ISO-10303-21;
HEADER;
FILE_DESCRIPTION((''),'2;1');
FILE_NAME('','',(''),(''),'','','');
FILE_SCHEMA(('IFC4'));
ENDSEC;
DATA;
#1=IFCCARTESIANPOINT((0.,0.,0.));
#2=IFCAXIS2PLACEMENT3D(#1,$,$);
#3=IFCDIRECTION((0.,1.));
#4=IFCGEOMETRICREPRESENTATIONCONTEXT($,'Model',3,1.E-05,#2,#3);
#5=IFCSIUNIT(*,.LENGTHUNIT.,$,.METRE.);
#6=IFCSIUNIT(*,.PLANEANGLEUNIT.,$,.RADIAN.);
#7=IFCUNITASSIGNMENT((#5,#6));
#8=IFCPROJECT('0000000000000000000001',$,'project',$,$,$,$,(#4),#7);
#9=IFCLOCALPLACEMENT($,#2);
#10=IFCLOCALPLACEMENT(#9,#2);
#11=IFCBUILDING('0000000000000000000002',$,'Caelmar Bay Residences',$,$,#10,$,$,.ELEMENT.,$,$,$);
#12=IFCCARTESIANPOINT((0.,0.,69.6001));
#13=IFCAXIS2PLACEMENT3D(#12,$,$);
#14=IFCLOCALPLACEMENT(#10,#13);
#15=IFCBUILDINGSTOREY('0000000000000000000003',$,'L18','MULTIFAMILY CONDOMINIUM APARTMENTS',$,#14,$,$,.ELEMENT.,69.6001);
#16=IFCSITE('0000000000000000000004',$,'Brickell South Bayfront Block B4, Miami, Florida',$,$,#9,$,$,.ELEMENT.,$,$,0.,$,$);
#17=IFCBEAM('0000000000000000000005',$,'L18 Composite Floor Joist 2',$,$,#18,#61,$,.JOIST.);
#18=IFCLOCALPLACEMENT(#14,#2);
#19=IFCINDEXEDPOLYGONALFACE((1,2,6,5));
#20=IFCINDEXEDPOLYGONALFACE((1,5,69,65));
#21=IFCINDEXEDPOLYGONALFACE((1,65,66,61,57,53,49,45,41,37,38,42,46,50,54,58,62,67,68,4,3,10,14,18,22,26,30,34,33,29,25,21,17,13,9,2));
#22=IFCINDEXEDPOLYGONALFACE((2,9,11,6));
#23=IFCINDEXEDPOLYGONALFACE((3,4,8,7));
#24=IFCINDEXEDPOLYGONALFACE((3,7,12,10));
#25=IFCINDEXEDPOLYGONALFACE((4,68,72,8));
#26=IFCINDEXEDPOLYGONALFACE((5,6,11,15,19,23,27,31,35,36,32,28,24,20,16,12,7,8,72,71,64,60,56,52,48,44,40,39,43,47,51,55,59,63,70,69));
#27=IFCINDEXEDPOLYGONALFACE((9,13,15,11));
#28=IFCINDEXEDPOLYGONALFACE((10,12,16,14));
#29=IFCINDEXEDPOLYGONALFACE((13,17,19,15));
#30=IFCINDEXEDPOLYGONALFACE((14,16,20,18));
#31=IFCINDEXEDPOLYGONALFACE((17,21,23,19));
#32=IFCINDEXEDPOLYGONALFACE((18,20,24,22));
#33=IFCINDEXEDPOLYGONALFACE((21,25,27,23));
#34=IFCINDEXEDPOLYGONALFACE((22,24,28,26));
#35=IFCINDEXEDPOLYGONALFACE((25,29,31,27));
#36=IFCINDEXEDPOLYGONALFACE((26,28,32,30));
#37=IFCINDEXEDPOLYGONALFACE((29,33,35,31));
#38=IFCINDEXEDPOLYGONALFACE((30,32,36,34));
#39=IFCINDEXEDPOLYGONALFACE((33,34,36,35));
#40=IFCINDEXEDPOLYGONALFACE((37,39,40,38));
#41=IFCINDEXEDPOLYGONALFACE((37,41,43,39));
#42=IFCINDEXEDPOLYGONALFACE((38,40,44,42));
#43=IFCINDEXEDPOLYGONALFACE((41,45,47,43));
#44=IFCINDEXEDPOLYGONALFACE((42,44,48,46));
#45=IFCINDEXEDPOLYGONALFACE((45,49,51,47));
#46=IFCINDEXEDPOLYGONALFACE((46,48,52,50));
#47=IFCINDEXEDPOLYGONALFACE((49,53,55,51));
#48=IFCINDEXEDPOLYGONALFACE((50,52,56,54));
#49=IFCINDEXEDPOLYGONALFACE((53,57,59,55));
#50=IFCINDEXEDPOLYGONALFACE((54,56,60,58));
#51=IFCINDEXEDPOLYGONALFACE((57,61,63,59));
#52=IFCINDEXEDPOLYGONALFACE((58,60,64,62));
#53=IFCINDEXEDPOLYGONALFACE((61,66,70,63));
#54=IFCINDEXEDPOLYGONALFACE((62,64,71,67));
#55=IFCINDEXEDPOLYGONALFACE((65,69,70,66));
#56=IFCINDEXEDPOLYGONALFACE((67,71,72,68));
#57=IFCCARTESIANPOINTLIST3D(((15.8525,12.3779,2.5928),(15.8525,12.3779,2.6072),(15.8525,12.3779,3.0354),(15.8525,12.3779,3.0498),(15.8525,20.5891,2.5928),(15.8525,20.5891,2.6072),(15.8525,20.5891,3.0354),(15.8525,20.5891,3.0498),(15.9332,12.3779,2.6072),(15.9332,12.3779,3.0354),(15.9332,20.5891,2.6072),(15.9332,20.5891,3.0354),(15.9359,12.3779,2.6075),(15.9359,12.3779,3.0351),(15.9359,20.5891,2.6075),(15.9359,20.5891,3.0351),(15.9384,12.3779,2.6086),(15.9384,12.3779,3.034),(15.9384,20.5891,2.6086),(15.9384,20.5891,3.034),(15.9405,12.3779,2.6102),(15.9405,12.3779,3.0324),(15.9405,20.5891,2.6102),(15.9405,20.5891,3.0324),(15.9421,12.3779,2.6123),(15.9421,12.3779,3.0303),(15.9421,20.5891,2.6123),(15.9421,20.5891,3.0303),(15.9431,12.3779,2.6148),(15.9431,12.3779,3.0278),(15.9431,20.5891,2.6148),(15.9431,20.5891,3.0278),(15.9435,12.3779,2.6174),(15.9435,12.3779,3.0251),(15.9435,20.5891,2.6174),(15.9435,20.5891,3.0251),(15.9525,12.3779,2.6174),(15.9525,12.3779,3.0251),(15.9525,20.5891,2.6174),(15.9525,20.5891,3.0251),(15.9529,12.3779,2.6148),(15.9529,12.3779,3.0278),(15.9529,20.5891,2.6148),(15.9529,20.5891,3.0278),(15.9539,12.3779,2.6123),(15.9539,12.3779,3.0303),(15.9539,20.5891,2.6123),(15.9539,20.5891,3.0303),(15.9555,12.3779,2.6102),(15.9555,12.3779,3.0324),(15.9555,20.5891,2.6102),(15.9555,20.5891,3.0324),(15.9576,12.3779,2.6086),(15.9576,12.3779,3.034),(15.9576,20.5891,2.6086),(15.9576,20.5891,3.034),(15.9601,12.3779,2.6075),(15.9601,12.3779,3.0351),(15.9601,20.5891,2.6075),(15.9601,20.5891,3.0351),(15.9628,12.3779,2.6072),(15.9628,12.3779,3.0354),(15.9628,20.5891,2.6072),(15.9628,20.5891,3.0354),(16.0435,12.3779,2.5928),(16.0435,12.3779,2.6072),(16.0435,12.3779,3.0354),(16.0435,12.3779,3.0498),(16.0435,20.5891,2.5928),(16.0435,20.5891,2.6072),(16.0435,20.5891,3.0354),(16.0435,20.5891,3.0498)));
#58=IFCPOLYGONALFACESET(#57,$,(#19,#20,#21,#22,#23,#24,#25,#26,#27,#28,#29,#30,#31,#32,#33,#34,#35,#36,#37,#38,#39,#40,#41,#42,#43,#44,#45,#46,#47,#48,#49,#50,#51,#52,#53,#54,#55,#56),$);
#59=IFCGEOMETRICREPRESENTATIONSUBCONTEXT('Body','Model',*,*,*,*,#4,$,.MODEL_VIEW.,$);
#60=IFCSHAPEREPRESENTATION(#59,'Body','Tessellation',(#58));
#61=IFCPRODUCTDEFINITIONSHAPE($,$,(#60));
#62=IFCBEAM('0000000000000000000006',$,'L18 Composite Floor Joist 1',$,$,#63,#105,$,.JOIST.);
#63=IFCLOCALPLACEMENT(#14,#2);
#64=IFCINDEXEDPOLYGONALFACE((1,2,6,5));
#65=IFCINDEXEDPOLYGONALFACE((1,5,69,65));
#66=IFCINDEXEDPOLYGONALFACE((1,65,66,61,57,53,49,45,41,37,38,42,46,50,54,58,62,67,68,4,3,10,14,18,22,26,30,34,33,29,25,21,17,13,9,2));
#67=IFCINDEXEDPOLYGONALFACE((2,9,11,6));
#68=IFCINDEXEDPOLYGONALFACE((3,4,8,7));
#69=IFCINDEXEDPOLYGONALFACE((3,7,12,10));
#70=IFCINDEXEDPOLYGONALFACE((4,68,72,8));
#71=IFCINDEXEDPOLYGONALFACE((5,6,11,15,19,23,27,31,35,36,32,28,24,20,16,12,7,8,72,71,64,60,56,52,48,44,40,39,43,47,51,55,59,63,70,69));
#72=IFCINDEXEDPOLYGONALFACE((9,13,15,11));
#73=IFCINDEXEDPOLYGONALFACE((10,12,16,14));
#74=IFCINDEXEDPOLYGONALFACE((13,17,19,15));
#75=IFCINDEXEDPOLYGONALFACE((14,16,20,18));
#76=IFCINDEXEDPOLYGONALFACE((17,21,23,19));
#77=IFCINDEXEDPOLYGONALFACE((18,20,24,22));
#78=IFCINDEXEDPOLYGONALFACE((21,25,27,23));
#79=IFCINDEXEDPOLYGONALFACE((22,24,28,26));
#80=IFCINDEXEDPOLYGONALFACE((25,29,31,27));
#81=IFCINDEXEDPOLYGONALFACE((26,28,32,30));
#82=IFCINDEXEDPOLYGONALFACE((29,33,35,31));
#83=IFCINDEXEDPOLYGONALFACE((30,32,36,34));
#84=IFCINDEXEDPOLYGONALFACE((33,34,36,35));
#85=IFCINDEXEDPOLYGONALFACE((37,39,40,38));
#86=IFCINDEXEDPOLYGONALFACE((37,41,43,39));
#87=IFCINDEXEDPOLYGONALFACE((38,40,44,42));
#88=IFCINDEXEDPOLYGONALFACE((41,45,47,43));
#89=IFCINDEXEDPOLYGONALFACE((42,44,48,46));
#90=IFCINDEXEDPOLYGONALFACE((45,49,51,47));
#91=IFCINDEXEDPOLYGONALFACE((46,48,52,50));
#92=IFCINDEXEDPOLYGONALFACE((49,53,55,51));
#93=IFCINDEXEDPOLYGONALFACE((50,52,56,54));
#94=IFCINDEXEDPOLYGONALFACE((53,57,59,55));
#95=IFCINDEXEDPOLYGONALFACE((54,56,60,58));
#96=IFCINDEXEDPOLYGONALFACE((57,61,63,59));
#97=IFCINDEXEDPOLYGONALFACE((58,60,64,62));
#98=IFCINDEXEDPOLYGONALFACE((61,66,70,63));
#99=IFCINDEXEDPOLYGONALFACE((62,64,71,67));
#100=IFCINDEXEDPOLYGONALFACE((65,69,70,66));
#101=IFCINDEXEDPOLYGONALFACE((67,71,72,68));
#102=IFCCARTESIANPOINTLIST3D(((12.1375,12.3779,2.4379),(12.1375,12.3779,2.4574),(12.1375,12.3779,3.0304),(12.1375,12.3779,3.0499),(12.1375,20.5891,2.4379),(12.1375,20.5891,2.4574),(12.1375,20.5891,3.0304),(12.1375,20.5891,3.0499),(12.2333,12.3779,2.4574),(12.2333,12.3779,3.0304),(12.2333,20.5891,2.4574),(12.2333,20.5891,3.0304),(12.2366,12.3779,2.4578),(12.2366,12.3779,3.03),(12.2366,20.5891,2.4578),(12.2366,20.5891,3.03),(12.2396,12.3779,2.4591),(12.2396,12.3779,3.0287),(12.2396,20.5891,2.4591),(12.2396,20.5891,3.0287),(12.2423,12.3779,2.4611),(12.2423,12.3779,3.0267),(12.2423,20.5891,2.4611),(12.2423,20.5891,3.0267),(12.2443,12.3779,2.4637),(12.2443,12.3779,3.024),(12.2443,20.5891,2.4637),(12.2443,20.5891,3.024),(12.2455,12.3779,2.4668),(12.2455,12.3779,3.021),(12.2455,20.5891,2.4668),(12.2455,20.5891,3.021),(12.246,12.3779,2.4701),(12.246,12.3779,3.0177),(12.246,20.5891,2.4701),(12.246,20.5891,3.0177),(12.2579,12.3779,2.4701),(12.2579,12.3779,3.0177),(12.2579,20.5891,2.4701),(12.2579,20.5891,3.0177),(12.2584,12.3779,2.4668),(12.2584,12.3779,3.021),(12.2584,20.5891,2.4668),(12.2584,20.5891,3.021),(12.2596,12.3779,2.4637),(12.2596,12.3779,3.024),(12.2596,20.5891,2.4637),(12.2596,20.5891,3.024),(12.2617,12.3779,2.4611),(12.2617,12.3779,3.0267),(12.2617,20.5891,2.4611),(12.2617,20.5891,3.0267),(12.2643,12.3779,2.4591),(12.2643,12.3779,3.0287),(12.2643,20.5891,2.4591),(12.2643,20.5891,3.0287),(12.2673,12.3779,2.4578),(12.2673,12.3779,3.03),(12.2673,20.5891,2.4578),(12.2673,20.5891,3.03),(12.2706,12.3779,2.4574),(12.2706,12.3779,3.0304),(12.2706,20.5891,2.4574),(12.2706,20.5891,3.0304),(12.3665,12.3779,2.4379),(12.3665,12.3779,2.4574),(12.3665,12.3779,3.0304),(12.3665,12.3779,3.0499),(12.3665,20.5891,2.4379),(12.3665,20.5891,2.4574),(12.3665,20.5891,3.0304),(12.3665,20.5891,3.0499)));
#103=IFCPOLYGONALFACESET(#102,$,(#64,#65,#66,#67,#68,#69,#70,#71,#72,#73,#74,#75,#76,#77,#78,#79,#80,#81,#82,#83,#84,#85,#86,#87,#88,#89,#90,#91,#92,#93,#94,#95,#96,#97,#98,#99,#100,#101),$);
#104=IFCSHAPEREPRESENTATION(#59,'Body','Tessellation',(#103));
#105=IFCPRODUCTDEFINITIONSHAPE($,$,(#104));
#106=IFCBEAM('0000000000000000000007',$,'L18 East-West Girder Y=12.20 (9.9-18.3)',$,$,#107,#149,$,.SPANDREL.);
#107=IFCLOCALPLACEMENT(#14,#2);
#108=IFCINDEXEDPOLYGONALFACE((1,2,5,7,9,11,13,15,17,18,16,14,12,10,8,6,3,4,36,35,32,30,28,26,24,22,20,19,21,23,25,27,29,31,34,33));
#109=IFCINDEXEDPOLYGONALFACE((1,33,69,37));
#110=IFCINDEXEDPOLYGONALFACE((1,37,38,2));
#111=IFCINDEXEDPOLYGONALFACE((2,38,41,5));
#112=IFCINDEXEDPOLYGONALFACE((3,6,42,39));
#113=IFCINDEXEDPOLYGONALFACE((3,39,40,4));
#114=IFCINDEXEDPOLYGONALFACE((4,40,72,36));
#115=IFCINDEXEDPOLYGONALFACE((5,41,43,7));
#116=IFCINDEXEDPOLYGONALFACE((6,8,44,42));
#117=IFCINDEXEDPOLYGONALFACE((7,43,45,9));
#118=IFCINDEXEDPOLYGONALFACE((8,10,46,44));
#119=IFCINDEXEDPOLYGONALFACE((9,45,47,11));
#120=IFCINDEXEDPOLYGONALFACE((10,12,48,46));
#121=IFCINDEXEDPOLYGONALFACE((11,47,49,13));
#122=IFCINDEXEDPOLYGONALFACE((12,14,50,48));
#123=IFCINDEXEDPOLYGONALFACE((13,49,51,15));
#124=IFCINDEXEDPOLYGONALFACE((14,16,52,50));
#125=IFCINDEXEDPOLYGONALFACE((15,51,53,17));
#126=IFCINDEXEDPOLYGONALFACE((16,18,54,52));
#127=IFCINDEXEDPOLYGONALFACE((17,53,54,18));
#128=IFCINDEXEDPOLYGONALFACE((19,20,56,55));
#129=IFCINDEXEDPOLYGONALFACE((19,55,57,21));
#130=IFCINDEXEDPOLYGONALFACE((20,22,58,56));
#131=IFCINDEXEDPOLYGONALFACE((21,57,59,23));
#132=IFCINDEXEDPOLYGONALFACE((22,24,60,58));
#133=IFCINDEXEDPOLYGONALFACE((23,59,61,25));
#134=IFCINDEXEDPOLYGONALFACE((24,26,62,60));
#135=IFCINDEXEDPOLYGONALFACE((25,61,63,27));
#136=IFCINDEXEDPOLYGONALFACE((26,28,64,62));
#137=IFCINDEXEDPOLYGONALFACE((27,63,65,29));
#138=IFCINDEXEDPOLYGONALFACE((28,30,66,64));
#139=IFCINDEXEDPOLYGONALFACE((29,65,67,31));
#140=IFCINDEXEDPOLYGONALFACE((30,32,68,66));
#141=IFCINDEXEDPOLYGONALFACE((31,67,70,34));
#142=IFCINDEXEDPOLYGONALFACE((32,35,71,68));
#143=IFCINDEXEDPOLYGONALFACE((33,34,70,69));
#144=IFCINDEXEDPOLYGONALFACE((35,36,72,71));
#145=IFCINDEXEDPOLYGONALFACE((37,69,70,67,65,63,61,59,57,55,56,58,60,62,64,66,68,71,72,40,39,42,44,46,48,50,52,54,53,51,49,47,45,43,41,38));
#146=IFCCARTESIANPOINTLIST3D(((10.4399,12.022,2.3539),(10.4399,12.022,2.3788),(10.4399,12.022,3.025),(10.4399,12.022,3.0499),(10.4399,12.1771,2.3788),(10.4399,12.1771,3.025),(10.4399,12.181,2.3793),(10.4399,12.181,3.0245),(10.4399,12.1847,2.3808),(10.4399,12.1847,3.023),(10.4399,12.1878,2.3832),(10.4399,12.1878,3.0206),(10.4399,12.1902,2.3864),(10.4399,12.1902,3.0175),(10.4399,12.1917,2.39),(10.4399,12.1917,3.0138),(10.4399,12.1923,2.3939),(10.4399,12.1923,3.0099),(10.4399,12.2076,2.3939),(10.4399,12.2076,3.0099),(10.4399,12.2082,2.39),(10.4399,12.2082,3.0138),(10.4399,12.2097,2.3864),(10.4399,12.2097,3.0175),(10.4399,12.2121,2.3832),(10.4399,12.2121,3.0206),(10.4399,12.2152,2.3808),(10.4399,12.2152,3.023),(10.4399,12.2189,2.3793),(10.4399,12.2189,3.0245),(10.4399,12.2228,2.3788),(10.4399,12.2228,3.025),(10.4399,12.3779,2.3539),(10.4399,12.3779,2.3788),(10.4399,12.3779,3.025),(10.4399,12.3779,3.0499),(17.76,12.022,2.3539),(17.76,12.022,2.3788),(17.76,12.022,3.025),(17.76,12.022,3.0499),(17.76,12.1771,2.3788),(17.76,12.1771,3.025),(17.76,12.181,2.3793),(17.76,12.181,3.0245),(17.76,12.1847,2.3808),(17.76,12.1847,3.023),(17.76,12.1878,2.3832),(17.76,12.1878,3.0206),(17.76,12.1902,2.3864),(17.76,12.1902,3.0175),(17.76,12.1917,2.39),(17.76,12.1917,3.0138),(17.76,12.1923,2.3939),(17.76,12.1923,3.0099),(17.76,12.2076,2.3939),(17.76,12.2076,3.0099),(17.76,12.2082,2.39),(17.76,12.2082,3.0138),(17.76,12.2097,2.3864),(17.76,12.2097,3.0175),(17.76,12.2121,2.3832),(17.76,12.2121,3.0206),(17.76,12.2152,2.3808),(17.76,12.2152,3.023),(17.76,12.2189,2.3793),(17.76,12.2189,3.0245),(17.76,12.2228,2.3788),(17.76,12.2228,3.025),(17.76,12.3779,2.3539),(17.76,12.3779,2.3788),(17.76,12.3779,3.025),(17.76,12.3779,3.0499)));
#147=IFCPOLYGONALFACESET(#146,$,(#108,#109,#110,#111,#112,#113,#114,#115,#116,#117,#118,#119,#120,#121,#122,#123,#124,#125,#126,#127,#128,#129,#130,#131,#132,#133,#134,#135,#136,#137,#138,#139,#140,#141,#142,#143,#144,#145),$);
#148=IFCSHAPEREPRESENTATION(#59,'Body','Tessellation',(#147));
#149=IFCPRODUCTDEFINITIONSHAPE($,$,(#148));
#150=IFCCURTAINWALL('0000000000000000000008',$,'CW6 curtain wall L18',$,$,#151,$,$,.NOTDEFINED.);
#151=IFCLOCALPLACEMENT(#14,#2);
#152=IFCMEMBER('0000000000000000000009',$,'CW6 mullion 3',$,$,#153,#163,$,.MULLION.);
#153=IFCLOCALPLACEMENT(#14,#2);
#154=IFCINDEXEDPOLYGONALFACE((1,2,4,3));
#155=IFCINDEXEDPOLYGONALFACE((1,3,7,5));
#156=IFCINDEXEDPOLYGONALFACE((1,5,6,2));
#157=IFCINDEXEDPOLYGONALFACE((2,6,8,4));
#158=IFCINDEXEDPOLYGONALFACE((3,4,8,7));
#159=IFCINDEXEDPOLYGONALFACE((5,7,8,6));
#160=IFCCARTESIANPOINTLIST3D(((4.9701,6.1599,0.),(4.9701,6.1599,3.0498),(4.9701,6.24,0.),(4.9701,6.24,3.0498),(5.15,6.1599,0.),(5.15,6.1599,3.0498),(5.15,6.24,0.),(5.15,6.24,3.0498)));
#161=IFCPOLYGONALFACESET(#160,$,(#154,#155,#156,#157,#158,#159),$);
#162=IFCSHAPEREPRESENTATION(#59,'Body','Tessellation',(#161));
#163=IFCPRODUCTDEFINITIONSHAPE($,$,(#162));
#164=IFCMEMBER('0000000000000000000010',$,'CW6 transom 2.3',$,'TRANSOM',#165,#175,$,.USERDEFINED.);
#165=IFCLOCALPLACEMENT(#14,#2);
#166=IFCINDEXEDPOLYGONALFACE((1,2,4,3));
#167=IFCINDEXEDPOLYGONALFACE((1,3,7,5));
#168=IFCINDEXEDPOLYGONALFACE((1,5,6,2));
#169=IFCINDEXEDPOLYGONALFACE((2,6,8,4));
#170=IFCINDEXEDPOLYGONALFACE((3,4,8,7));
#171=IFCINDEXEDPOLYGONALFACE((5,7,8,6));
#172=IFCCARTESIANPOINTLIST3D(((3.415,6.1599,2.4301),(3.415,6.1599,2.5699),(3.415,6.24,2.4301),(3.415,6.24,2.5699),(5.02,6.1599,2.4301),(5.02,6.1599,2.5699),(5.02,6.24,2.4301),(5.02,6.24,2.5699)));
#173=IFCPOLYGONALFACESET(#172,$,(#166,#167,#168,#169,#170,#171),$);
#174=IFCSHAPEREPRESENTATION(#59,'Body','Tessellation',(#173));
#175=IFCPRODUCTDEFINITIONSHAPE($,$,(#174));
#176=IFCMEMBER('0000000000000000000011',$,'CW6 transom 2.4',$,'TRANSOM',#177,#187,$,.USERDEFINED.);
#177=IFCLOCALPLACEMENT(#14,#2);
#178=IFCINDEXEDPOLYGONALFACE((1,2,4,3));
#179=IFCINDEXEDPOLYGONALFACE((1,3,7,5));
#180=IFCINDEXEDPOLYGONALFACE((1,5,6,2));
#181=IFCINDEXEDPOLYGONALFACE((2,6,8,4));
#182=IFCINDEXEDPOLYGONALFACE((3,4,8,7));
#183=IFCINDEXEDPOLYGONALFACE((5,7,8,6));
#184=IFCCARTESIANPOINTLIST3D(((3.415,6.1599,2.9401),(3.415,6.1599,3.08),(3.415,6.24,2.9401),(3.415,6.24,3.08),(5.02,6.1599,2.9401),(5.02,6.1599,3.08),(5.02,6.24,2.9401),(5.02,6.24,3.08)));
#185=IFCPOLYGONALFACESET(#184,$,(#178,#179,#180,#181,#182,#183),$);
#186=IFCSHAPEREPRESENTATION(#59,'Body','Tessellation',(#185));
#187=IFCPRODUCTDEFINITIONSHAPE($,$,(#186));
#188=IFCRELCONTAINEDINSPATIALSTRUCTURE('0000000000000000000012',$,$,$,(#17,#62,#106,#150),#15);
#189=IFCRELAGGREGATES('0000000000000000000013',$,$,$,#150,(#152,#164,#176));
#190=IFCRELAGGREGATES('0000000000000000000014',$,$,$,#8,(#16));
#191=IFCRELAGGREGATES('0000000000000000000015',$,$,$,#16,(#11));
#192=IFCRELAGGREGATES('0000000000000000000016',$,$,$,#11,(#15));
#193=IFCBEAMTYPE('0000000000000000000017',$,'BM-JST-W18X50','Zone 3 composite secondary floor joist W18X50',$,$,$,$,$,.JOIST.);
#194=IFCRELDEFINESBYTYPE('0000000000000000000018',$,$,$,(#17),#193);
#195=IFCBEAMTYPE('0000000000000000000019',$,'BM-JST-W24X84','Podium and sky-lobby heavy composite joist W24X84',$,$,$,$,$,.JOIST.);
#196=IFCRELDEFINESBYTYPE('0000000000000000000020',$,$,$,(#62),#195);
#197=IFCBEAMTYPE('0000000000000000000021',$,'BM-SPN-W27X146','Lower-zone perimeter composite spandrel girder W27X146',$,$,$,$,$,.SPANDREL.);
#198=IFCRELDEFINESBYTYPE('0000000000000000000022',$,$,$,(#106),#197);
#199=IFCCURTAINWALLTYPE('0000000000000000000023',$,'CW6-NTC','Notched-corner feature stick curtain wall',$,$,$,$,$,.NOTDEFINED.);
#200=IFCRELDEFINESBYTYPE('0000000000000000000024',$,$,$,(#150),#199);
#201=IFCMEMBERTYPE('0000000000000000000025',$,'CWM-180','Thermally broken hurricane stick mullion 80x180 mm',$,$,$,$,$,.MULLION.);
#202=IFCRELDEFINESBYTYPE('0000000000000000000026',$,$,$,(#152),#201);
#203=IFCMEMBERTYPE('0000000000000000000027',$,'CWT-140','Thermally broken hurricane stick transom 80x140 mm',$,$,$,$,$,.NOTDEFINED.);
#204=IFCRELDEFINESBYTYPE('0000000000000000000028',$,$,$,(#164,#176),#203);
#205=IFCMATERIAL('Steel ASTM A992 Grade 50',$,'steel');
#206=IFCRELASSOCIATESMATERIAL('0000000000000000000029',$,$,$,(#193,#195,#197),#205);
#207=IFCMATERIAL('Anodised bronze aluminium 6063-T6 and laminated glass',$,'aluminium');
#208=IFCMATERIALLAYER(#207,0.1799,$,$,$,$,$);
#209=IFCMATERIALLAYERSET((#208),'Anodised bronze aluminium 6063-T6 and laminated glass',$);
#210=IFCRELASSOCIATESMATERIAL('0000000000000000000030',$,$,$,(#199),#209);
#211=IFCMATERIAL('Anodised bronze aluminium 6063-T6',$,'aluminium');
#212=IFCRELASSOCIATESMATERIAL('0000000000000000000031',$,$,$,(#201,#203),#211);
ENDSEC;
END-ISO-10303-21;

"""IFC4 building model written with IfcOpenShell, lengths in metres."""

from ifc_helpers import new_model, si_unit, direction, frame, origin, origin_2d, place, context, subcontext, project, spatial, rectangle, i_section, extrude, material, layer, layer_set, material_profile, profile_set, type_object, element, aggregate, save


model = new_model("IFC4")

# Units and contexts
model_context = context("Model", 3, precision=1e-05, world=origin(), true_north=direction((0.0, 1.0)))
body_context = subcontext(model_context, "Body", "Model", "MODEL_VIEW")
ifc_project = project(units=[si_unit("LENGTHUNIT", "METRE"), si_unit("PLANEANGLEUNIT", "RADIAN")], contexts=[model_context])

# Site, building, storey
site_placement = place(None, origin())
site = spatial("IfcSite", under=ifc_project, at=site_placement, Name="Brickell South Bayfront Block B4, Miami, Florida", CompositionType="ELEMENT", RefElevation=0.0)
building_placement = place(site_placement, origin())
building = spatial("IfcBuilding", under=site, at=building_placement, Name="Caelmar Bay Residences", CompositionType="ELEMENT")
storey_placement = place(building_placement, frame((0.0, 0.0, 69.6001)))
storey = spatial("IfcBuildingStorey", under=building, at=storey_placement, Name="L18", Description="MULTIFAMILY CONDOMINIUM APARTMENTS", CompositionType="ELEMENT", Elevation=69.6001)

# Beams
ifc_material_1 = material(Name="Steel ASTM A992 Grade 50", Category="steel")
ifc_material_profile_1 = material_profile(ifc_material_1, i_section(OverallWidth=0.1909, OverallDepth=0.457, WebThickness=0.009, FlangeThickness=0.0144, FilletRadius=0.0103, at=origin_2d()), Name="W18X50")
ifc_profile_set_1 = profile_set([ifc_material_profile_1], Name="Steel ASTM A992 Grade 50")
beam_type_1 = type_object("IfcBeamType", Name="BM-JST-W18X50", Description="Zone 3 composite secondary floor joist W18X50", PredefinedType="JOIST", material=ifc_profile_set_1)
beam_1_placement = place(storey_placement, frame((15.948, 12.3779, 2.8213), z_axis=(0.0, 1.0, 0.0), x_axis=(-1.0, 0.0, 0.0)))
element("IfcBeam", 1, at=beam_1_placement, inside=storey, type_object=beam_type_1, Name="L18 Composite Floor Joist 2", PredefinedType="JOIST", context=body_context, shape_type="SweptSolid", body=[
    extrude(i_section(OverallWidth=0.1909, OverallDepth=0.457, WebThickness=0.009, FlangeThickness=0.0144, FilletRadius=0.0103, at=origin_2d()), origin(), (0.0, 0.0, 1.0), 8.2112),
])
ifc_material_profile_2 = material_profile(ifc_material_1, i_section(OverallWidth=0.229, OverallDepth=0.6121, WebThickness=0.012, FlangeThickness=0.0195, FilletRadius=0.0127, at=origin_2d()), Name="W24X84")
ifc_profile_set_2 = profile_set([ifc_material_profile_2], Name="Steel ASTM A992 Grade 50")
beam_type_2 = type_object("IfcBeamType", Name="BM-JST-W24X84", Description="Podium and sky-lobby heavy composite joist W24X84", PredefinedType="JOIST", material=ifc_profile_set_2)
beam_2_placement = place(storey_placement, frame((12.252, 12.3779, 2.7439), z_axis=(0.0, 1.0, 0.0), x_axis=(-1.0, 0.0, 0.0)))
element("IfcBeam", 2, at=beam_2_placement, inside=storey, type_object=beam_type_2, Name="L18 Composite Floor Joist 1", PredefinedType="JOIST", context=body_context, shape_type="SweptSolid", body=[
    extrude(i_section(OverallWidth=0.229, OverallDepth=0.6121, WebThickness=0.012, FlangeThickness=0.0195, FilletRadius=0.0127, at=origin_2d()), origin(), (0.0, 0.0, 1.0), 8.2112),
])
ifc_material_profile_3 = material_profile(ifc_material_1, i_section(OverallWidth=0.356, OverallDepth=0.696, WebThickness=0.0154, FlangeThickness=0.0249, FilletRadius=0.0151, at=origin_2d()), Name="W27X146")
ifc_profile_set_3 = profile_set([ifc_material_profile_3], Name="Steel ASTM A992 Grade 50")
beam_type_3 = type_object("IfcBeamType", Name="BM-SPN-W27X146", Description="Lower-zone perimeter composite spandrel girder W27X146", PredefinedType="SPANDREL", material=ifc_profile_set_3)
beam_3_placement = place(storey_placement, frame((10.4399, 12.2, 2.7019), z_axis=(1.0, 0.0, 0.0), x_axis=(0.0, 1.0, 0.0)))
element("IfcBeam", 3, at=beam_3_placement, inside=storey, type_object=beam_type_3, Name="L18 East-West Girder Y=12.20 (9.9-18.3)", PredefinedType="SPANDREL", context=body_context, shape_type="SweptSolid", body=[
    extrude(i_section(OverallWidth=0.356, OverallDepth=0.696, WebThickness=0.0154, FlangeThickness=0.0249, FilletRadius=0.0151, at=origin_2d()), origin(), (0.0, 0.0, 1.0), 7.3201),
])

# Curtain wall, members
ifc_material_2 = material(Name="Anodised bronze aluminium 6063-T6 and laminated glass", Category="aluminium")
ifc_layer_1 = layer(ifc_material_2, 0.1799)
ifc_layer_set_1 = layer_set([ifc_layer_1], Name="Anodised bronze aluminium 6063-T6 and laminated glass")
curtain_wall_type = type_object("IfcCurtainWallType", Name="CW6-NTC", Description="Notched-corner feature stick curtain wall", PredefinedType="NOTDEFINED", material=ifc_layer_set_1)
curtain_wall_placement = place(storey_placement, origin())
curtain_wall = element("IfcCurtainWall", 4, at=curtain_wall_placement, inside=storey, type_object=curtain_wall_type, Name="CW6 curtain wall L18", PredefinedType="NOTDEFINED")
ifc_material_3 = material(Name="Anodised bronze aluminium 6063-T6", Category="aluminium")
ifc_material_profile_4 = material_profile(ifc_material_3, rectangle(XDim=0.0801, YDim=0.1799, at=origin_2d()), Name="CWM-80X180")
ifc_profile_set_4 = profile_set([ifc_material_profile_4], Name="Anodised bronze aluminium 6063-T6")
member_type_1 = type_object("IfcMemberType", Name="CWM-180", Description="Thermally broken hurricane stick mullion 80x180 mm", PredefinedType="MULLION", material=ifc_profile_set_4)
member_1_placement = place(storey_placement, frame((5.0601, 6.2, 0.0), z_axis=(0.0, 0.0, 1.0), x_axis=(0.0, 1.0, 0.0)))
member_1 = element("IfcMember", 5, at=member_1_placement, type_object=member_type_1, Name="CW6 mullion 3", PredefinedType="MULLION", context=body_context, shape_type="SweptSolid", body=[
    extrude(rectangle(XDim=0.0801, YDim=0.1799, at=origin_2d()), origin(), (0.0, 0.0, 1.0), 3.0498),
])
ifc_material_profile_5 = material_profile(ifc_material_3, rectangle(XDim=0.0801, YDim=0.1399, at=origin_2d()), Name="CWT-80X140")
ifc_profile_set_5 = profile_set([ifc_material_profile_5], Name="Anodised bronze aluminium 6063-T6")
member_type_2 = type_object("IfcMemberType", Name="CWT-140", Description="Thermally broken hurricane stick transom 80x140 mm", PredefinedType="NOTDEFINED", material=ifc_profile_set_5)
member_2_placement = place(storey_placement, frame((3.415, 6.2, 2.5), z_axis=(1.0, 0.0, 0.0), x_axis=(0.0, 1.0, 0.0)))
member_2 = element("IfcMember", 6, at=member_2_placement, type_object=member_type_2, Name="CW6 transom 2.3", ObjectType="TRANSOM", PredefinedType="USERDEFINED", context=body_context, shape_type="SweptSolid", body=[
    extrude(rectangle(XDim=0.0801, YDim=0.1399, at=origin_2d()), origin(), (0.0, 0.0, 1.0), 1.605),
])
member_3_placement = place(storey_placement, frame((3.415, 6.2, 3.01), z_axis=(1.0, 0.0, 0.0), x_axis=(0.0, 1.0, 0.0)))
member_3 = element("IfcMember", 7, at=member_3_placement, type_object=member_type_2, Name="CW6 transom 2.4", ObjectType="TRANSOM", PredefinedType="USERDEFINED", context=body_context, shape_type="SweptSolid", body=[
    extrude(rectangle(XDim=0.0801, YDim=0.1399, at=origin_2d()), origin(), (0.0, 0.0, 1.0), 1.605),
])
aggregate(curtain_wall, [member_1, member_2, member_3])

save(model, "model.ifc")
